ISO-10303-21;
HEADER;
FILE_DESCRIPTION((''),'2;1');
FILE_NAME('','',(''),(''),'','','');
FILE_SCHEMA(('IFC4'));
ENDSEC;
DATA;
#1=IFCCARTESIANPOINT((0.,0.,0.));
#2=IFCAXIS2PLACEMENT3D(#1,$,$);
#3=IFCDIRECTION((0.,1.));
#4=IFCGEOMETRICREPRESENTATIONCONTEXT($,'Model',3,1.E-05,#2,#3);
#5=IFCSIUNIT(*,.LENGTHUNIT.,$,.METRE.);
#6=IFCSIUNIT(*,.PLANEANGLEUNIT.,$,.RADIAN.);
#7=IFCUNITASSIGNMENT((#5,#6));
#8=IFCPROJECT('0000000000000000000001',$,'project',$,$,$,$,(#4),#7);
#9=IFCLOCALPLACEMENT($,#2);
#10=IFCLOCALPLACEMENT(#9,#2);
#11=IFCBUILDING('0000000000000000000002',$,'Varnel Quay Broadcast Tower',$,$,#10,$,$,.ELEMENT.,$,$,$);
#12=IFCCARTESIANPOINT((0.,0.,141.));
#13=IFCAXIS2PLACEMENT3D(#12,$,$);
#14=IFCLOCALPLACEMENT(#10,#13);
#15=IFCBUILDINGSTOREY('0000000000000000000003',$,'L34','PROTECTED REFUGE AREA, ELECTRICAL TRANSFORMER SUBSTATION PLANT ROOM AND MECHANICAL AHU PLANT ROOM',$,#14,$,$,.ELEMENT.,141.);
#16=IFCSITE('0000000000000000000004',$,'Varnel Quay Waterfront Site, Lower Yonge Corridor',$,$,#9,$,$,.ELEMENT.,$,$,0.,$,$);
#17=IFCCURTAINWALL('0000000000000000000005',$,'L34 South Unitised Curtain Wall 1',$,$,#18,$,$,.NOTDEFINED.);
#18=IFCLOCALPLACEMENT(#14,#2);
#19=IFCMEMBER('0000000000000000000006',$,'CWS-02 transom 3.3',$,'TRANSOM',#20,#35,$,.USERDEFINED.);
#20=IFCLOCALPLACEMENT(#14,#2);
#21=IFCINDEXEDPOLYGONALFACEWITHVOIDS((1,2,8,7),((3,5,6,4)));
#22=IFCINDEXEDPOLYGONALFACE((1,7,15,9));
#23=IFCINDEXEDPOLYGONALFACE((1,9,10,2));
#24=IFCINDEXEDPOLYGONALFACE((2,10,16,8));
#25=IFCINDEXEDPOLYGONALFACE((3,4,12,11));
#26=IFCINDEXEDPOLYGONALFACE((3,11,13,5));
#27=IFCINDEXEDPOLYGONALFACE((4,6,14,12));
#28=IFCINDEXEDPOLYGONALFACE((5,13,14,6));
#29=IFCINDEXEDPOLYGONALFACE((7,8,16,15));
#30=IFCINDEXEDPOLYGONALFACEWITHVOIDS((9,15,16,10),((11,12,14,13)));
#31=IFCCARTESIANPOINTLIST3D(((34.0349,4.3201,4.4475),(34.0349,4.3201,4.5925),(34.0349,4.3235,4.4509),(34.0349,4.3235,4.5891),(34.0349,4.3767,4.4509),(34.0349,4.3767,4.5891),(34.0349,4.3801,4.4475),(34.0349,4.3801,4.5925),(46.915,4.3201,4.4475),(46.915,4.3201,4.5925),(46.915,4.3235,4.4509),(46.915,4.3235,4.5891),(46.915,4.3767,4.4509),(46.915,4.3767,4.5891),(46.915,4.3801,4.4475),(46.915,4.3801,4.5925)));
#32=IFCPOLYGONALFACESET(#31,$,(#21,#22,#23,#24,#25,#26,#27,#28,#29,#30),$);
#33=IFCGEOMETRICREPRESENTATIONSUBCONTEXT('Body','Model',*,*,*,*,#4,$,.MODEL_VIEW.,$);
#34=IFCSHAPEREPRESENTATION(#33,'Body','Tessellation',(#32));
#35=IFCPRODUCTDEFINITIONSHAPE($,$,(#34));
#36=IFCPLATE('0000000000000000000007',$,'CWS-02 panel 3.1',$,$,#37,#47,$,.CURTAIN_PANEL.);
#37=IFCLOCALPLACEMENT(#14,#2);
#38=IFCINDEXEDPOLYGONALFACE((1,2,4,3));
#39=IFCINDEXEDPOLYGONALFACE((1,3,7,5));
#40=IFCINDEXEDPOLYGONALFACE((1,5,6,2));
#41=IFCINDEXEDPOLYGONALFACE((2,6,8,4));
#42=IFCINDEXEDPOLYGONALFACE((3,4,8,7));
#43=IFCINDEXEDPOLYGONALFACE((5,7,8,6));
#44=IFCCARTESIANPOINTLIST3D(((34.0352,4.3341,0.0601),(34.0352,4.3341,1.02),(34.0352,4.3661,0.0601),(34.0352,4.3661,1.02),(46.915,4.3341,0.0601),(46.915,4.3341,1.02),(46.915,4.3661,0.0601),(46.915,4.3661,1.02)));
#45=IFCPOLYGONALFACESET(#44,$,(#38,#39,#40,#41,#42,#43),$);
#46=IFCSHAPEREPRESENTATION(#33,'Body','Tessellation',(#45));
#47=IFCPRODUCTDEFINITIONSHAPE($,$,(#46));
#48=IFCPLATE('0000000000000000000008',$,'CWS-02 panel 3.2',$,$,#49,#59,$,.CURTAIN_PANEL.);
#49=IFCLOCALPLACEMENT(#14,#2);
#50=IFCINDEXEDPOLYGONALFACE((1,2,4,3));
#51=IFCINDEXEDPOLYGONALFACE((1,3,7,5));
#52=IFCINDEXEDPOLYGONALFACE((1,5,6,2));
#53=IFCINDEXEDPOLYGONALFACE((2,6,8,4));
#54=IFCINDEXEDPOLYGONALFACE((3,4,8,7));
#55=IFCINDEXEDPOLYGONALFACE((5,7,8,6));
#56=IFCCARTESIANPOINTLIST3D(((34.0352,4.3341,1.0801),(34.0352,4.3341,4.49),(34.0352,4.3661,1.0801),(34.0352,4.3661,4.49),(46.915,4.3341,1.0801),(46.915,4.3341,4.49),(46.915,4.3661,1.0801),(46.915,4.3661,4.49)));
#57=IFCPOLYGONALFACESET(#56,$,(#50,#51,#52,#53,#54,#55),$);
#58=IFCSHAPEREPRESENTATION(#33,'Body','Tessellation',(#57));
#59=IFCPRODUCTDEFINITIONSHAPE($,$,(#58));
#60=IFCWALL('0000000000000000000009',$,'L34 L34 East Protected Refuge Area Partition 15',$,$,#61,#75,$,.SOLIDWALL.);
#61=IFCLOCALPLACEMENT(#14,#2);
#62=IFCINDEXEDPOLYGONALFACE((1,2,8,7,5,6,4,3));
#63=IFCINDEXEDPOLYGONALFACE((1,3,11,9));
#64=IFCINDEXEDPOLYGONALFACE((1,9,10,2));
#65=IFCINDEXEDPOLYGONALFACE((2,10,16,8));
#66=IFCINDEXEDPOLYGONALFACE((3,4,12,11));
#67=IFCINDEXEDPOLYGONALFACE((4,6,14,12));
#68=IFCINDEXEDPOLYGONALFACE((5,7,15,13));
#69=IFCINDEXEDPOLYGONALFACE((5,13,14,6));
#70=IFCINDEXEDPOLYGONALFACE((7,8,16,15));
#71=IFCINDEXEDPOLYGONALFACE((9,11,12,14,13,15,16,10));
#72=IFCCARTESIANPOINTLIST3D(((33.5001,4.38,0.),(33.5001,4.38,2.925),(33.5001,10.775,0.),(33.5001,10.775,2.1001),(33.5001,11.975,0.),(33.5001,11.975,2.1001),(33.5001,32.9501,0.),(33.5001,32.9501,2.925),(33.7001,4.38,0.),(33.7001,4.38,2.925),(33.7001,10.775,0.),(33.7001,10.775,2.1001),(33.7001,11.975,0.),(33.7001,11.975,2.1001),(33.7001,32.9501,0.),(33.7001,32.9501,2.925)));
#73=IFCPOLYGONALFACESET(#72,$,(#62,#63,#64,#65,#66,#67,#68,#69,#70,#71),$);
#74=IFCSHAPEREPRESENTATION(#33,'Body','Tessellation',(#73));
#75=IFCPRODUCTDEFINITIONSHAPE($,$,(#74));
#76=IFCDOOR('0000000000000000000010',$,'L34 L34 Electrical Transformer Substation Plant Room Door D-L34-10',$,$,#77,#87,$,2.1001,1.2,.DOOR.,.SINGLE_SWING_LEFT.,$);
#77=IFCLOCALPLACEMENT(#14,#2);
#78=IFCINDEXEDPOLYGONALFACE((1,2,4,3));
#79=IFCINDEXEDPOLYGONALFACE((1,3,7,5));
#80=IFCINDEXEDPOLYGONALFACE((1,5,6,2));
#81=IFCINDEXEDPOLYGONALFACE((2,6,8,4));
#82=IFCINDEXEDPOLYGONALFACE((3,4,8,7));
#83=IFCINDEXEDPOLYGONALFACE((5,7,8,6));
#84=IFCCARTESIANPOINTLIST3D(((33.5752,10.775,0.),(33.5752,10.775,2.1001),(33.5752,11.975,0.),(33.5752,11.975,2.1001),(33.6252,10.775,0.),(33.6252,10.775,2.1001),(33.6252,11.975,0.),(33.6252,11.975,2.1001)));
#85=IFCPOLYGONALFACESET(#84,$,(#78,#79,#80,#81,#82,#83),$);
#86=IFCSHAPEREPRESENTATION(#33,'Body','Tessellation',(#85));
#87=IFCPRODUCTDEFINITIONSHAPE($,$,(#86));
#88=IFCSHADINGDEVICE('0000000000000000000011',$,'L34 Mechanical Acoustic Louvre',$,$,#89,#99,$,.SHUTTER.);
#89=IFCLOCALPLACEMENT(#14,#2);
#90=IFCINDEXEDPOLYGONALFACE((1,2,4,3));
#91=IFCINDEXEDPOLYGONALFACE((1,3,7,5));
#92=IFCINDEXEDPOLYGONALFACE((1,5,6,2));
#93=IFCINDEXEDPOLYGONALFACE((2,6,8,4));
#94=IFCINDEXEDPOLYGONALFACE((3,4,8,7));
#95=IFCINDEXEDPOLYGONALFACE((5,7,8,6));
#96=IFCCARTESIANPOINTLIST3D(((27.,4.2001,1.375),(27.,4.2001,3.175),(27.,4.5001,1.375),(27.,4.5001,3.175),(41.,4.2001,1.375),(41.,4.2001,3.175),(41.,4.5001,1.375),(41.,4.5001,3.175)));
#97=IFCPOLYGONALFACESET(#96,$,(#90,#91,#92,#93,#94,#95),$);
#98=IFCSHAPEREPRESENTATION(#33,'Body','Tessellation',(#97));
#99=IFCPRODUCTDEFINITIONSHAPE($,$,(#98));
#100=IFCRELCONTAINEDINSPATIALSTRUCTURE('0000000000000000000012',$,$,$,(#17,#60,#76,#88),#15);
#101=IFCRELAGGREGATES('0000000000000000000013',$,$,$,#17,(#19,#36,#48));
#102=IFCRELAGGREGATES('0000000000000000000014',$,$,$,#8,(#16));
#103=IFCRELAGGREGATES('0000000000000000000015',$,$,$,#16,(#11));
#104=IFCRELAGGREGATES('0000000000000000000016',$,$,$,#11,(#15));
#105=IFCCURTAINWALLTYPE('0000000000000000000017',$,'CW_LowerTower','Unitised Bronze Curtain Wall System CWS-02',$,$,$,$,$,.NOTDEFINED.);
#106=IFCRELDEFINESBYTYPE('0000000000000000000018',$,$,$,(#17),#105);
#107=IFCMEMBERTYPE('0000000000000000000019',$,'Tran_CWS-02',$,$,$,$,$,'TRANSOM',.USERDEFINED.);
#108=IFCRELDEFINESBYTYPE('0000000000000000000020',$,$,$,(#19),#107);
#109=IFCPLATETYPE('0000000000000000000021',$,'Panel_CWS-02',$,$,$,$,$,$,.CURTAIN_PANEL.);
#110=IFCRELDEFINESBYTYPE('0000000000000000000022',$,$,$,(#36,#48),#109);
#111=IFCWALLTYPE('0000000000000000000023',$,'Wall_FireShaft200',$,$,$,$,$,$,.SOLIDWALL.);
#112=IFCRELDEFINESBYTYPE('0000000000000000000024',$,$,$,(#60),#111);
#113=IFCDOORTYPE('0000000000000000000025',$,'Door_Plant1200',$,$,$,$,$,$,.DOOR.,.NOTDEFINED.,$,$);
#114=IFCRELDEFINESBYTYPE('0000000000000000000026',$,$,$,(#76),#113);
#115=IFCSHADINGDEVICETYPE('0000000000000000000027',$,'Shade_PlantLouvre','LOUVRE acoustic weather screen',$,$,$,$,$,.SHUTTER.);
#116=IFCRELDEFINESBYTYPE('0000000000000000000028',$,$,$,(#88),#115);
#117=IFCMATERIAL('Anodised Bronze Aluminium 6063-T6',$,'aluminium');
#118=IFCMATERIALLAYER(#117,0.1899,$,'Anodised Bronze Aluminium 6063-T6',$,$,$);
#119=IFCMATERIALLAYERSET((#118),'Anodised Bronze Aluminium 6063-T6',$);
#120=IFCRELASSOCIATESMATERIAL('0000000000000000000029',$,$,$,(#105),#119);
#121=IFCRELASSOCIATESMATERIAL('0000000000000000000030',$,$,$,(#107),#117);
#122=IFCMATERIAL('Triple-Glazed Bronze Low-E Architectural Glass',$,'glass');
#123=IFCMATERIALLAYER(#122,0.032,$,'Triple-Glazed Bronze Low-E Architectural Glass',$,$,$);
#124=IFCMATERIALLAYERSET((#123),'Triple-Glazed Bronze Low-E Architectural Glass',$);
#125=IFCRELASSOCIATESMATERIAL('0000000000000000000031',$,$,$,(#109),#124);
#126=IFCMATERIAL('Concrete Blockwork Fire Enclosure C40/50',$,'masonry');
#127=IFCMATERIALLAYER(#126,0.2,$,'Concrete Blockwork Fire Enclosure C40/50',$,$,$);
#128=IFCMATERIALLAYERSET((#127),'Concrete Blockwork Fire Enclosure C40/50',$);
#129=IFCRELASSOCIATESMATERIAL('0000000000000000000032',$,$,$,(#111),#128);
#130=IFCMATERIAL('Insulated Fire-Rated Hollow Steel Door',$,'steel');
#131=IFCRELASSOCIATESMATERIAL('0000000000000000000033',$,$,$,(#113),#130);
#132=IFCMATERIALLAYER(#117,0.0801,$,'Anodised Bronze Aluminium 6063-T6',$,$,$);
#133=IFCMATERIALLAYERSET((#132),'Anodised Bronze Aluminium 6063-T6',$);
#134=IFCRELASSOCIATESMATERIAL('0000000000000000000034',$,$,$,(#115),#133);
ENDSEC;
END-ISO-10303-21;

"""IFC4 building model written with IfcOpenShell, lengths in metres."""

from ifc_helpers import new_model, si_unit, direction, frame, frame_2d, origin, origin_2d, place, context, subcontext, project, spatial, rectangle, hollow_rectangle, extrude, source, transform, mapped, material, layer, layer_set, material_profile, profile_set, type_object, type_shapes, element, fill, aggregate, save


model = new_model("IFC4")

# Units and contexts
model_context = context("Model", 3, precision=1e-05, world=origin(), true_north=direction((0.0, 1.0)))
body_context = subcontext(model_context, "Body", "Model", "MODEL_VIEW")
ifc_project = project(units=[si_unit("LENGTHUNIT", "METRE"), si_unit("PLANEANGLEUNIT", "RADIAN")], contexts=[model_context])

# Site, building, storey
site_placement = place(None, origin())
site = spatial("IfcSite", under=ifc_project, at=site_placement, Name="Varnel Quay Waterfront Site, Lower Yonge Corridor", CompositionType="ELEMENT", RefElevation=0.0)
building_placement = place(site_placement, origin())
building = spatial("IfcBuilding", under=site, at=building_placement, Name="Varnel Quay Broadcast Tower", CompositionType="ELEMENT")
storey_placement = place(building_placement, frame((0.0, 0.0, 141.0)))
storey = spatial("IfcBuildingStorey", under=building, at=storey_placement, Name="L34", Description="PROTECTED REFUGE AREA, ELECTRICAL TRANSFORMER SUBSTATION PLANT ROOM AND MECHANICAL AHU PLANT ROOM", CompositionType="ELEMENT", Elevation=141.0)

# Curtain wall, member, plates
ifc_material_1 = material(Name="Anodised Bronze Aluminium 6063-T6", Category="aluminium")
ifc_layer_1 = layer(ifc_material_1, 0.1899, Name="Anodised Bronze Aluminium 6063-T6")
ifc_layer_set_1 = layer_set([ifc_layer_1], Name="Anodised Bronze Aluminium 6063-T6")
curtain_wall_type = type_object("IfcCurtainWallType", Name="CW_LowerTower", Description="Unitised Bronze Curtain Wall System CWS-02", PredefinedType="NOTDEFINED", material=ifc_layer_set_1)
curtain_wall_placement = place(storey_placement, origin())
curtain_wall = element("IfcCurtainWall", 1, at=curtain_wall_placement, inside=storey, type_object=curtain_wall_type, Name="L34 South Unitised Curtain Wall 1", PredefinedType="NOTDEFINED")
ifc_material_profile_1 = material_profile(ifc_material_1, hollow_rectangle(XDim=0.0601, YDim=0.145, WallThickness=0.0034, at=origin_2d()), Name="ALU60X145X3.5")
ifc_profile_set_1 = profile_set([ifc_material_profile_1], Name="Anodised Bronze Aluminium 6063-T6")
member_type_1 = type_object("IfcMemberType", Name="Tran_CWS-02", ElementType="TRANSOM", PredefinedType="USERDEFINED", material=ifc_profile_set_1)
shared_shape_1 = source(origin(), body_context, "Body", "SweptSolid", [
    extrude(hollow_rectangle(XDim=0.0601, YDim=0.145, WallThickness=0.0034, at=origin_2d()), origin(), (0.0, 0.0, 1.0), 12.8801),
])
member_1_placement = place(storey_placement, frame((34.0349, 4.3501, 4.52), z_axis=(1.0, 0.0, 0.0), x_axis=(0.0, 1.0, 0.0)))
member_1 = element("IfcMember", 2, at=member_1_placement, type_object=member_type_1, Name="CWS-02 transom 3.3", ObjectType="TRANSOM", PredefinedType="USERDEFINED", context=body_context, shape_type="MappedRepresentation", body=[
    mapped(shared_shape_1, transform((0.0, 0.0, 0.0), x_axis=(1.0, 0.0, 0.0), y_axis=(0.0, 1.0, 0.0), z_axis=(0.0, 0.0, 1.0), scale=1.0)),
])
ifc_material_2 = material(Name="Triple-Glazed Bronze Low-E Architectural Glass", Category="glass")
ifc_layer_2 = layer(ifc_material_2, 0.032, Name="Triple-Glazed Bronze Low-E Architectural Glass")
ifc_layer_set_2 = layer_set([ifc_layer_2], Name="Triple-Glazed Bronze Low-E Architectural Glass")
plate_type = type_object("IfcPlateType", Name="Panel_CWS-02", PredefinedType="CURTAIN_PANEL", material=ifc_layer_set_2)
shared_shape_2 = source(origin(), body_context, "Body", "SweptSolid", [
    extrude(rectangle(XDim=12.8799, YDim=0.032, at=origin_2d()), origin(), (0.0, 0.0, 1.0), 0.96),
])
plate_1_placement = place(storey_placement, frame((40.4751, 4.3501, 0.0601), z_axis=(0.0, 0.0, 1.0), x_axis=(1.0, 0.0, 0.0)))
plate_1 = element("IfcPlate", 3, at=plate_1_placement, type_object=plate_type, Name="CWS-02 panel 3.1", PredefinedType="CURTAIN_PANEL", context=body_context, shape_type="MappedRepresentation", body=[
    mapped(shared_shape_2, transform((0.0, 0.0, 0.0), x_axis=(1.0, 0.0, 0.0), y_axis=(0.0, 1.0, 0.0), z_axis=(0.0, 0.0, 1.0), scale=1.0)),
])
shared_shape_3 = source(origin(), body_context, "Body", "SweptSolid", [
    extrude(rectangle(XDim=12.8799, YDim=0.032, at=origin_2d()), origin(), (0.0, 0.0, 1.0), 3.4099),
])
type_shapes(plate_type, [shared_shape_2, shared_shape_3])
plate_2_placement = place(storey_placement, frame((40.4751, 4.3501, 1.0801), z_axis=(0.0, 0.0, 1.0), x_axis=(1.0, 0.0, 0.0)))
plate_2 = element("IfcPlate", 4, at=plate_2_placement, type_object=plate_type, Name="CWS-02 panel 3.2", PredefinedType="CURTAIN_PANEL", context=body_context, shape_type="MappedRepresentation", body=[
    mapped(shared_shape_3, transform((0.0, 0.0, 0.0), x_axis=(1.0, 0.0, 0.0), y_axis=(0.0, 1.0, 0.0), z_axis=(0.0, 0.0, 1.0), scale=1.0)),
])
aggregate(curtain_wall, [member_1, plate_1, plate_2])

# Wall, opening, door
ifc_material_3 = material(Name="Concrete Blockwork Fire Enclosure C40/50", Category="masonry")
ifc_layer_3 = layer(ifc_material_3, 0.2, Name="Concrete Blockwork Fire Enclosure C40/50")
ifc_layer_set_3 = layer_set([ifc_layer_3], Name="Concrete Blockwork Fire Enclosure C40/50")
wall_type = type_object("IfcWallType", Name="Wall_FireShaft200", PredefinedType="SOLIDWALL", material=ifc_layer_set_3)
wall_placement = place(storey_placement, frame((33.6001, 4.3799, 0.0), z_axis=(0.0, 0.0, 1.0), x_axis=(0.0, 1.0, 0.0)))
wall = element("IfcWall", 5, at=wall_placement, inside=storey, type_object=wall_type, Name="L34 L34 East Protected Refuge Area Partition 15", PredefinedType="SOLIDWALL", context=body_context, shape_type="SweptSolid", body=[
    extrude(rectangle(XDim=28.5701, YDim=0.2, at=frame_2d((14.2852, 0.0))), origin(), (0.0, 0.0, 1.0), 2.925),
])
opening_placement = place(wall_placement, frame((6.395, 0.0, 0.0)))
opening = element("IfcOpeningElement", 6, at=opening_placement, cuts=wall, PredefinedType="OPENING", context=body_context, shape_type="SweptSolid", body=[
    extrude(rectangle(XDim=1.2, YDim=2.1001, at=frame_2d((0.6001, 1.05))), frame((0.0, 0.1099, 0.0), z_axis=(0.0, -1.0, 0.0), x_axis=(1.0, 0.0, 0.0)), (0.0, 0.0, 1.0), 0.22),
])
ifc_material_4 = material(Name="Insulated Fire-Rated Hollow Steel Door", Category="steel")
door_type = type_object("IfcDoorType", Name="Door_Plant1200", OperationType="NOTDEFINED", PredefinedType="DOOR", material=ifc_material_4)
shared_shape_4 = source(origin(), body_context, "Body", "SweptSolid", [
    extrude(rectangle(XDim=1.2, YDim=2.1001, at=frame_2d((0.6001, 1.05))), frame((0.0, 0.0249, 0.0), z_axis=(0.0, -1.0, 0.0), x_axis=(1.0, 0.0, 0.0)), (0.0, 0.0, 1.0), 0.05),
])
type_shapes(door_type, [shared_shape_4])
door_placement = place(opening_placement, origin())
door = element("IfcDoor", 7, at=door_placement, inside=storey, type_object=door_type, Name="L34 L34 Electrical Transformer Substation Plant Room Door D-L34-10", OperationType="SINGLE_SWING_LEFT", OverallHeight=2.1001, OverallWidth=1.2, PredefinedType="DOOR", context=body_context, shape_type="MappedRepresentation", body=[
    mapped(shared_shape_4, transform((0.0, 0.0, 0.0), x_axis=(1.0, 0.0, 0.0), y_axis=(0.0, 1.0, 0.0), z_axis=(0.0, 0.0, 1.0), scale=1.0)),
])
fill(opening, door)

# Shading device
ifc_layer_4 = layer(ifc_material_1, 0.0801, Name="Anodised Bronze Aluminium 6063-T6")
ifc_layer_set_4 = layer_set([ifc_layer_4], Name="Anodised Bronze Aluminium 6063-T6")
shading_device_type = type_object("IfcShadingDeviceType", Name="Shade_PlantLouvre", Description="LOUVRE acoustic weather screen", PredefinedType="SHUTTER", material=ifc_layer_set_4)
shared_shape_5 = source(origin(), body_context, "Body", "SweptSolid", [
    extrude(rectangle(XDim=14.0, YDim=0.3, at=origin_2d()), origin(), (0.0, 0.0, 1.0), 1.8),
])
type_shapes(shading_device_type, [shared_shape_5])
shading_device_placement = place(storey_placement, frame((34.0, 4.3501, 1.375), z_axis=(0.0, 0.0, 1.0), x_axis=(1.0, 0.0, 0.0)))
element("IfcShadingDevice", 8, at=shading_device_placement, inside=storey, type_object=shading_device_type, Name="L34 Mechanical Acoustic Louvre", PredefinedType="SHUTTER", context=body_context, shape_type="MappedRepresentation", body=[
    mapped(shared_shape_5, transform((0.0, 0.0, 0.0), x_axis=(1.0, 0.0, 0.0), y_axis=(0.0, 1.0, 0.0), z_axis=(0.0, 0.0, 1.0), scale=1.0)),
])

save(model, "model.ifc")
